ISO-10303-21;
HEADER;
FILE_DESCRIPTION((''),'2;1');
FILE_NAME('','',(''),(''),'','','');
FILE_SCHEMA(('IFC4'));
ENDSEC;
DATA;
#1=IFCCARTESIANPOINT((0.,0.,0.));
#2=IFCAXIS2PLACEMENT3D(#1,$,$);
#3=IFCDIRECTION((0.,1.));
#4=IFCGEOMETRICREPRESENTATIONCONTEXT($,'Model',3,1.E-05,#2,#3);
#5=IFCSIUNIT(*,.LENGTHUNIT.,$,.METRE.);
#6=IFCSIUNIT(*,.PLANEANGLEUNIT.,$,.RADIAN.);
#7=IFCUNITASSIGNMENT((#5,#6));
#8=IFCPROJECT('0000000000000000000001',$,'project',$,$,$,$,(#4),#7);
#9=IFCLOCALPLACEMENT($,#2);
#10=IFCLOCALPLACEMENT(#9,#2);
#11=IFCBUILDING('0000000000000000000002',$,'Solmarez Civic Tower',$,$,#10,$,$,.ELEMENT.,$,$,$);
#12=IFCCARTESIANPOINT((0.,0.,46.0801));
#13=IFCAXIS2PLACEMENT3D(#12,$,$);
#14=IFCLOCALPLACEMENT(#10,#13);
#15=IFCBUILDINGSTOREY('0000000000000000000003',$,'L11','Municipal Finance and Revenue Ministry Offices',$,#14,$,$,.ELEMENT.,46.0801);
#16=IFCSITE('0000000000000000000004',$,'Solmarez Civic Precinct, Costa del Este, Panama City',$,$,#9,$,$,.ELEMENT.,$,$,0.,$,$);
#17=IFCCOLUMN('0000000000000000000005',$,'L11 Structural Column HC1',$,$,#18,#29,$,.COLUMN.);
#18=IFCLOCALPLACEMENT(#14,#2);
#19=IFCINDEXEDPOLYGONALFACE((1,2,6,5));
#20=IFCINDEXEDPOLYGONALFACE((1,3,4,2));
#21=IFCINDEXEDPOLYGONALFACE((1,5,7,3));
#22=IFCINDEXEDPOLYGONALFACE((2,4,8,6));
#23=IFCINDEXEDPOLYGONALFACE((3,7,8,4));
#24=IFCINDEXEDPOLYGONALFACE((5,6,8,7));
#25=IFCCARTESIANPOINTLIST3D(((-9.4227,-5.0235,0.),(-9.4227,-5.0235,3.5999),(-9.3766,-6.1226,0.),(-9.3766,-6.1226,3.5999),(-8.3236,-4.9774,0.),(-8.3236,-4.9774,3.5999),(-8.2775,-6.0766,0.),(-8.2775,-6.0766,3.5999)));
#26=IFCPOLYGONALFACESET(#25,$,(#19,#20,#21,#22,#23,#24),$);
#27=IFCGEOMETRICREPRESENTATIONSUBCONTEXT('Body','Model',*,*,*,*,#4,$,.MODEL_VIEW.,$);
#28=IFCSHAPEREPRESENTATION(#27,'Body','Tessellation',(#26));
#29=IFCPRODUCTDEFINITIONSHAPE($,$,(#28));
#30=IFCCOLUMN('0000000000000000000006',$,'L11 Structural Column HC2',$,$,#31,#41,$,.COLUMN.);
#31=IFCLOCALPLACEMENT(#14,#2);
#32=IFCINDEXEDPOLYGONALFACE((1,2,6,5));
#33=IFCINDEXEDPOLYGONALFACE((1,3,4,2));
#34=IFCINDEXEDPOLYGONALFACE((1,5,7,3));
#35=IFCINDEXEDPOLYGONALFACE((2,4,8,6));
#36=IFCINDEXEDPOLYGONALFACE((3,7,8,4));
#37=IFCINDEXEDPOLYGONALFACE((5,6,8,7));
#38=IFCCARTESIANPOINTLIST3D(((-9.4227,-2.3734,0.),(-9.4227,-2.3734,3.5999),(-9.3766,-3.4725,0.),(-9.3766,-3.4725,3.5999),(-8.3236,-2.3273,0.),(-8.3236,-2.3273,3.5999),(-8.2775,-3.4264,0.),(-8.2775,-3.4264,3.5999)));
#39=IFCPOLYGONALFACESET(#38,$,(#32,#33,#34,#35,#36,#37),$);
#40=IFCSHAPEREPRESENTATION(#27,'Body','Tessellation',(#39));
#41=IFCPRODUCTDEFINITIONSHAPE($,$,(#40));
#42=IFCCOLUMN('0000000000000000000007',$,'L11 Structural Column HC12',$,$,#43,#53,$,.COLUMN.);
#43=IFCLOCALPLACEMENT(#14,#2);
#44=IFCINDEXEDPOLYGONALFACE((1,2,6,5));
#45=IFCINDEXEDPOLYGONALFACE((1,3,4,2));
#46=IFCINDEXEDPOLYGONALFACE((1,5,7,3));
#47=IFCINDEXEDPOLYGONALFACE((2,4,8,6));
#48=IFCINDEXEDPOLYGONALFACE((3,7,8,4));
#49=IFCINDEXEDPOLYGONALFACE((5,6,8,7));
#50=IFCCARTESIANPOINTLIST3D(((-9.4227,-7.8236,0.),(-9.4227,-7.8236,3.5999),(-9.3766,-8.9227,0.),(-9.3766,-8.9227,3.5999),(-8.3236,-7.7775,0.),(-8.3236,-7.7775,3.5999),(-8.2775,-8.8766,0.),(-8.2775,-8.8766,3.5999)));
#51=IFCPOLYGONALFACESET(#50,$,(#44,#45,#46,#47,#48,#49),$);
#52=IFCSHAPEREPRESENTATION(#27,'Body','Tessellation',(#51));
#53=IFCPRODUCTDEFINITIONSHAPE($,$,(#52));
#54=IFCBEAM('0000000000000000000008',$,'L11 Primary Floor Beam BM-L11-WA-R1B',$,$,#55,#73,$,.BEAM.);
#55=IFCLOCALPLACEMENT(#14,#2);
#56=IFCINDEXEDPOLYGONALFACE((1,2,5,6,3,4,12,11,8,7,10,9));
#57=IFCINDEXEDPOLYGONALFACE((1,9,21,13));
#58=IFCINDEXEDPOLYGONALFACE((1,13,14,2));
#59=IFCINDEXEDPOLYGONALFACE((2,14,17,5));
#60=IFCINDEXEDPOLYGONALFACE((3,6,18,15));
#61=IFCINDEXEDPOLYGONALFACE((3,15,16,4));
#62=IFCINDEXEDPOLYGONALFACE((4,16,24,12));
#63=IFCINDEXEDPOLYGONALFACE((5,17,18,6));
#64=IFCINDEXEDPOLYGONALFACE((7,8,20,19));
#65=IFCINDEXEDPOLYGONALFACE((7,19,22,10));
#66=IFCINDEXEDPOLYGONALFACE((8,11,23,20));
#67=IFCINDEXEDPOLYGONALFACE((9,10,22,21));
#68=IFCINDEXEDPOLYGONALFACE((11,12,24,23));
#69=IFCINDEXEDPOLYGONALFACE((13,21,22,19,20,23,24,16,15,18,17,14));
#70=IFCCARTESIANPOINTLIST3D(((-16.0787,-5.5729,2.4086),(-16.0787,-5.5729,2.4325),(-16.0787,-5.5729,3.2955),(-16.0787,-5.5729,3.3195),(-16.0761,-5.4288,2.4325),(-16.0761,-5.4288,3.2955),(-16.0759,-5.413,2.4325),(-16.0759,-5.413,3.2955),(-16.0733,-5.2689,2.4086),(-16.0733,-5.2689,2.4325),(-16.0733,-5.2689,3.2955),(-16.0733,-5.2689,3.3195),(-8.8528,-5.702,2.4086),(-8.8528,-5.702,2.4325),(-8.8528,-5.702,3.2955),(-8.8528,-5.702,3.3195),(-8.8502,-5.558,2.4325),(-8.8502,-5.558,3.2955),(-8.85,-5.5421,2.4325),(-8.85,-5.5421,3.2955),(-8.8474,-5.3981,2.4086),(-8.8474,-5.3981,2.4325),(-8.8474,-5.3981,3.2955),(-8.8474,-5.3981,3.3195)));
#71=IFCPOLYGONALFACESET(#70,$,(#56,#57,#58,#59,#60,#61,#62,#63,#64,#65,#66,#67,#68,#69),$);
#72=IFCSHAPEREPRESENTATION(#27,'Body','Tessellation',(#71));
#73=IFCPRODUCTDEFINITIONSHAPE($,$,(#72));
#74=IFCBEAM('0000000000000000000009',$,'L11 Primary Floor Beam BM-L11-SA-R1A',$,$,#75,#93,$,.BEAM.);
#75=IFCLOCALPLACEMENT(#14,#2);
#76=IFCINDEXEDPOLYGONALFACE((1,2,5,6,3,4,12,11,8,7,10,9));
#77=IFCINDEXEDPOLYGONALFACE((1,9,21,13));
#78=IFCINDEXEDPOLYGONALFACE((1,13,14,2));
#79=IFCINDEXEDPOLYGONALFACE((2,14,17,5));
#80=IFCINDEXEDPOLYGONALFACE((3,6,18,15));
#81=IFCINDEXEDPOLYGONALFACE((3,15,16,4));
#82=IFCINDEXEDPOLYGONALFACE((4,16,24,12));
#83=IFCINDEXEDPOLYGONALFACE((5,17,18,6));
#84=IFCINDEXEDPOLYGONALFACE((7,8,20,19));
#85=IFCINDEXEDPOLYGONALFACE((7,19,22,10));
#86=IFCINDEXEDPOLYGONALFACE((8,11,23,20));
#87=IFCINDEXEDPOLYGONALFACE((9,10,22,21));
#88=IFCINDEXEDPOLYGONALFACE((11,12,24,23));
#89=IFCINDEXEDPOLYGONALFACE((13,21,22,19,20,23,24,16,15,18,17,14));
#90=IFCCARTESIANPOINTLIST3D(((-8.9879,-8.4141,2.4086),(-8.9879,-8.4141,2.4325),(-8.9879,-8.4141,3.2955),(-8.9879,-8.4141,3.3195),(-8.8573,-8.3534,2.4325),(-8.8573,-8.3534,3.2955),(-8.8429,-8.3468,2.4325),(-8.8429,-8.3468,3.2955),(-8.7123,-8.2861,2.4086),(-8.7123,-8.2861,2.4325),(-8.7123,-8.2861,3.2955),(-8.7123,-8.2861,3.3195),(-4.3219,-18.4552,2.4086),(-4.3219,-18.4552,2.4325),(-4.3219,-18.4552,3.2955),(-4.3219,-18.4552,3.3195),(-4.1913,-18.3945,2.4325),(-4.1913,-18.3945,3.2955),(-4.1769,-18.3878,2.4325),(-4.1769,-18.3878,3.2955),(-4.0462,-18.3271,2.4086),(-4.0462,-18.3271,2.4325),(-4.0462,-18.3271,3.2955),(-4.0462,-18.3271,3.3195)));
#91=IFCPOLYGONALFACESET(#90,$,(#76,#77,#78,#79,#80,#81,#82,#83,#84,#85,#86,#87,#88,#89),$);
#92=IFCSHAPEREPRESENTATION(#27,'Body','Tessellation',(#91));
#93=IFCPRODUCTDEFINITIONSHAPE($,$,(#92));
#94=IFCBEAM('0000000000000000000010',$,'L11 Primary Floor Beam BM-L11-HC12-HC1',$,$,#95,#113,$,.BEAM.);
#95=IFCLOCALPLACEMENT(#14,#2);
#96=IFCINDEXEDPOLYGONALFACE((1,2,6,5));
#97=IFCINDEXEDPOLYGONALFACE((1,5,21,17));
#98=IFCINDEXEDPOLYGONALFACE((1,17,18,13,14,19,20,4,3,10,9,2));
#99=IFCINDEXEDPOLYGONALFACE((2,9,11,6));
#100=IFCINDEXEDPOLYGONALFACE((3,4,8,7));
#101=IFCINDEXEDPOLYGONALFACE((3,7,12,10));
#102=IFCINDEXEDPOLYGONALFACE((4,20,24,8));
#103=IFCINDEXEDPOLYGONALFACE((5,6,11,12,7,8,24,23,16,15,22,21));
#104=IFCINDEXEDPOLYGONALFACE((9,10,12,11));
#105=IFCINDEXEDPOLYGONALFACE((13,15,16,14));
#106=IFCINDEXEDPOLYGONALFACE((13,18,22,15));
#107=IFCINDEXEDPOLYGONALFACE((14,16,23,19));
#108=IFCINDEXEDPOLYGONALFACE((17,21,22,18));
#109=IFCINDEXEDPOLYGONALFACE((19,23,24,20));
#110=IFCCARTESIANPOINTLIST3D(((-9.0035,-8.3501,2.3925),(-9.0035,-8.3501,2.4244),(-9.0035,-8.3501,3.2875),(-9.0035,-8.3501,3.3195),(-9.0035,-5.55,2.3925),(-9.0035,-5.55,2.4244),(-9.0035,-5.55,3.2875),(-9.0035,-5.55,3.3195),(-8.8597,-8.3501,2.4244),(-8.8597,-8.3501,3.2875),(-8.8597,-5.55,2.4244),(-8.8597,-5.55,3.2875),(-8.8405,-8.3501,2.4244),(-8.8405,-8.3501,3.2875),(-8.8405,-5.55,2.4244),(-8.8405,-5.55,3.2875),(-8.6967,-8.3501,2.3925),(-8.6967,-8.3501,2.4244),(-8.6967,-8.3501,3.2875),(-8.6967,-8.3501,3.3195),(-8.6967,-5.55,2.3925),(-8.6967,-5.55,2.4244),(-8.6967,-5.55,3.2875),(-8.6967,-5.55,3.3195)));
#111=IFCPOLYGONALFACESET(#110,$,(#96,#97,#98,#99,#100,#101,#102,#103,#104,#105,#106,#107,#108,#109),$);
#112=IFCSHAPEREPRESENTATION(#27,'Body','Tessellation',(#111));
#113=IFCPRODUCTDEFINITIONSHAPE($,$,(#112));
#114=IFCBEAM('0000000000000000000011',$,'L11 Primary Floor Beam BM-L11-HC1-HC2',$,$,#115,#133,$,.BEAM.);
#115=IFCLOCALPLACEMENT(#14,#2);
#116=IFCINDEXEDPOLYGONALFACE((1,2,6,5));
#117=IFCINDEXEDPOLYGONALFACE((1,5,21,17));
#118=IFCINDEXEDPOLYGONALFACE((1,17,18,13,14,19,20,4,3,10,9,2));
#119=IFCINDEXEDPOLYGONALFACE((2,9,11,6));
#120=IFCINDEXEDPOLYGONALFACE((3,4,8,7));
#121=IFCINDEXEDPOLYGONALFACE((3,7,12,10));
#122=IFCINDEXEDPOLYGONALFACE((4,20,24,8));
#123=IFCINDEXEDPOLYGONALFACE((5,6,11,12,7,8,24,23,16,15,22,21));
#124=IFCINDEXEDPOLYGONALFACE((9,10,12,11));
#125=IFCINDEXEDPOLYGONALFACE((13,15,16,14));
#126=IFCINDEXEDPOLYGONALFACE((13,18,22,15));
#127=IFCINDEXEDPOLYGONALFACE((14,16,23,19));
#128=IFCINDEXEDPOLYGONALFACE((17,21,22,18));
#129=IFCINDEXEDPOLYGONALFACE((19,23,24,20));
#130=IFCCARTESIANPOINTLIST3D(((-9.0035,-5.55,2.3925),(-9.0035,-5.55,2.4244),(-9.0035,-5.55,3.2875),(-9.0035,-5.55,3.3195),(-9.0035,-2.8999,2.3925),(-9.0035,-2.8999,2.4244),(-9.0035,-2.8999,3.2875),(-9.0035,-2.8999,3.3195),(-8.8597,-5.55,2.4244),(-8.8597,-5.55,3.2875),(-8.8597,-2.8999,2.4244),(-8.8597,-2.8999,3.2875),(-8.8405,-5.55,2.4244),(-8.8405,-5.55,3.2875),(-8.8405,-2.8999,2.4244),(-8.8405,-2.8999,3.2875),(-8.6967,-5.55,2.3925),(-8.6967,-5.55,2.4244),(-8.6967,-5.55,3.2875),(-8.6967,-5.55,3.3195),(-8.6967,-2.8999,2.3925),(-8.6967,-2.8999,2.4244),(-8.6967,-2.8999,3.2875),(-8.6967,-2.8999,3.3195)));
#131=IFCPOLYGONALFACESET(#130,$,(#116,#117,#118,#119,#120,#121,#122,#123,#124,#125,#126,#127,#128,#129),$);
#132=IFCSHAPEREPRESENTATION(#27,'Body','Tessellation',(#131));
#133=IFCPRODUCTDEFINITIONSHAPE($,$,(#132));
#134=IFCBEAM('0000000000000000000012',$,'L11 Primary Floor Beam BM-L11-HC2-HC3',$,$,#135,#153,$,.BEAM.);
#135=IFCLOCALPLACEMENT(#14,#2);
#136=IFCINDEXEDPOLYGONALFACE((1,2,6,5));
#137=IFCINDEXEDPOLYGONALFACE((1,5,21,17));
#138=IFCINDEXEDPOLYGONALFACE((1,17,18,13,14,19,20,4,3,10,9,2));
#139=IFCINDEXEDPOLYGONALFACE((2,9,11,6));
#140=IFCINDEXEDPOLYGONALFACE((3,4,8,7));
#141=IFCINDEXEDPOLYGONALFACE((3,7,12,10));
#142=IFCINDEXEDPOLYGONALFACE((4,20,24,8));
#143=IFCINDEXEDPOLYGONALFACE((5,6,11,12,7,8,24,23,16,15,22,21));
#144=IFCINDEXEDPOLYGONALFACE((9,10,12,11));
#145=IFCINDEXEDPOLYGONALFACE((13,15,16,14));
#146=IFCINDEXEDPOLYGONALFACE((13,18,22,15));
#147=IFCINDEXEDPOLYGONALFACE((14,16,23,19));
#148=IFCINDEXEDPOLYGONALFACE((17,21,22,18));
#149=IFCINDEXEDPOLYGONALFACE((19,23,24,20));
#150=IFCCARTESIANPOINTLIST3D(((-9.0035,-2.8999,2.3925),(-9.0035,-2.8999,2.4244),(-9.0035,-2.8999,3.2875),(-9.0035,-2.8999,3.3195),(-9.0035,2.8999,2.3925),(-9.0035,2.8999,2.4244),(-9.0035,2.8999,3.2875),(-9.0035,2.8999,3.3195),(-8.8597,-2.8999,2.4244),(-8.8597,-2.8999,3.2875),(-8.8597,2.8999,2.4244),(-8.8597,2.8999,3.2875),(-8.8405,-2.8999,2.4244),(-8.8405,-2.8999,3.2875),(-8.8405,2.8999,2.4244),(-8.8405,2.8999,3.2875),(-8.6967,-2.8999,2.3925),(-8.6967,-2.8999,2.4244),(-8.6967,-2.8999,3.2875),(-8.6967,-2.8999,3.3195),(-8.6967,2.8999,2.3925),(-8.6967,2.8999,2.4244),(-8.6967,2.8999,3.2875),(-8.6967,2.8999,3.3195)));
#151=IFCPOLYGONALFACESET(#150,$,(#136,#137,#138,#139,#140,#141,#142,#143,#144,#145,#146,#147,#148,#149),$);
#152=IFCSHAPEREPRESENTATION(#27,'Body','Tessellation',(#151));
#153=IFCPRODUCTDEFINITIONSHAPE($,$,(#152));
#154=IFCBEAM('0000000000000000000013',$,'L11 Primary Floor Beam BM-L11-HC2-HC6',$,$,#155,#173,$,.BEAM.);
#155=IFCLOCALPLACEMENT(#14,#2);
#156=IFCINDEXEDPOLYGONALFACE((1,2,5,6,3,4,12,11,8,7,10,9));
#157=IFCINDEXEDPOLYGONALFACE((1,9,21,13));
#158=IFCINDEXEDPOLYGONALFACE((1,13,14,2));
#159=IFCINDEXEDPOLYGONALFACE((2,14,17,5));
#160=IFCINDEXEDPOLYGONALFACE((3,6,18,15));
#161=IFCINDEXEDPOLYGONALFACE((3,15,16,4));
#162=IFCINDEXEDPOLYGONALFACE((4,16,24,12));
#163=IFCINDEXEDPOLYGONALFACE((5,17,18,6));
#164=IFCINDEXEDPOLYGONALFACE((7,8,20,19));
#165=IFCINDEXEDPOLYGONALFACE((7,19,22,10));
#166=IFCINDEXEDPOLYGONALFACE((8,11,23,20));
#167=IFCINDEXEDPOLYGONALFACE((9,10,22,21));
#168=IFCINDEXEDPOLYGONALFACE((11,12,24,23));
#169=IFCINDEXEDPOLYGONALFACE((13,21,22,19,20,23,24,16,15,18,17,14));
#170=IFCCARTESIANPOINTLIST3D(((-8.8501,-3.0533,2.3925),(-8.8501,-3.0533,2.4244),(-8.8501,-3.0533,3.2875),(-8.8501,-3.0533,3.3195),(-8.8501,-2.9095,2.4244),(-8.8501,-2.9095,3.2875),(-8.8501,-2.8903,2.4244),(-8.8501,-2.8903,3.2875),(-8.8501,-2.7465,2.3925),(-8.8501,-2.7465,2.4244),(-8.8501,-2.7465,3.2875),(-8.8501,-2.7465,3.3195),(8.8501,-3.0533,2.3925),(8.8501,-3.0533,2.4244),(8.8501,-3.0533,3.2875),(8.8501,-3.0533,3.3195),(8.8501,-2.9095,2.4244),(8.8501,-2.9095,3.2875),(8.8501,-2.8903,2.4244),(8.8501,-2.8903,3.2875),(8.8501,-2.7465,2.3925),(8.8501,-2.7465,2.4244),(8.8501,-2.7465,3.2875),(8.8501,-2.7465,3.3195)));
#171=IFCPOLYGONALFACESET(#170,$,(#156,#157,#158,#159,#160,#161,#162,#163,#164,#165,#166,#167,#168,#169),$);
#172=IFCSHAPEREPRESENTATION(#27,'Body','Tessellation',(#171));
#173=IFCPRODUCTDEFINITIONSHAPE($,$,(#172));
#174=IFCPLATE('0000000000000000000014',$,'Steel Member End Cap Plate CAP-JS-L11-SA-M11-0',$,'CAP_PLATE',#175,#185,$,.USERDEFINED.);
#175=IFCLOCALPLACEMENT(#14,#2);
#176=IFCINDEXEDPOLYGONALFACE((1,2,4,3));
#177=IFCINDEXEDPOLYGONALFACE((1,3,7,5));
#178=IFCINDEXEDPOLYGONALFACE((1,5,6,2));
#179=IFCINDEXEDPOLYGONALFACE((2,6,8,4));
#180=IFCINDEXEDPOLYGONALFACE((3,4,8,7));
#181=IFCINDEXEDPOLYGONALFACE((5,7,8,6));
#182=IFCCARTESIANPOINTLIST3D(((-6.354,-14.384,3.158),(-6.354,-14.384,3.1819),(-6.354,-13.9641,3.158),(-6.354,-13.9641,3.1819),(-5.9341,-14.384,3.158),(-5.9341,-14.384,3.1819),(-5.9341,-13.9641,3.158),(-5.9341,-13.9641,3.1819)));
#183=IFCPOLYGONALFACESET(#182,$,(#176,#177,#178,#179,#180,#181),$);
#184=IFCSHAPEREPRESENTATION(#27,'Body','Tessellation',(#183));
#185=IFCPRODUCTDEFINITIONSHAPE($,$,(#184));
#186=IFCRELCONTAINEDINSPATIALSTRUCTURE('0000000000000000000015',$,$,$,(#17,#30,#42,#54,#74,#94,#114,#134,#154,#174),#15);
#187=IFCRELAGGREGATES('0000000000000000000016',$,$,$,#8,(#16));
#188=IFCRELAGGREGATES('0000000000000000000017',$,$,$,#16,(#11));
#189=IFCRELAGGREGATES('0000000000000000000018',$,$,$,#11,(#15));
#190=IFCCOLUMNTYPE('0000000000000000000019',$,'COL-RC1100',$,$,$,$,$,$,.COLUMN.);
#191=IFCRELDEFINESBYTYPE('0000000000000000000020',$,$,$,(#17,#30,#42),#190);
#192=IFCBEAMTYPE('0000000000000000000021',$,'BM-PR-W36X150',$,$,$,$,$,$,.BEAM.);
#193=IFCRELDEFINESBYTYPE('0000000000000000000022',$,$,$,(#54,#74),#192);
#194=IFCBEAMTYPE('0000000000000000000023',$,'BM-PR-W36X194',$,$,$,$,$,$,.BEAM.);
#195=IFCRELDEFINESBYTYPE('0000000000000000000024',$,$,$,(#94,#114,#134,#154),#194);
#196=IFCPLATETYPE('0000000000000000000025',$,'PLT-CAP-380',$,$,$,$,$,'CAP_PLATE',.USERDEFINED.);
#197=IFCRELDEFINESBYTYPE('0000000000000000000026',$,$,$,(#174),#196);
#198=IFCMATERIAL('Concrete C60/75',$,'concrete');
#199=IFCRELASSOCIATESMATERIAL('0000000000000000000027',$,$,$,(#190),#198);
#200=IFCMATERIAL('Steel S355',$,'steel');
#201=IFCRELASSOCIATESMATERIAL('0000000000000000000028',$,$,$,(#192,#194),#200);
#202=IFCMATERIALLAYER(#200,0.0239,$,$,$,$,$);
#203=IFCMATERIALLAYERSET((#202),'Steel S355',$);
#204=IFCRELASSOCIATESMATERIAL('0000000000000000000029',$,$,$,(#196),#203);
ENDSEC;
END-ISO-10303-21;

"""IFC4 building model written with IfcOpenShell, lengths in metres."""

from ifc_helpers import new_model, si_unit, direction, frame, origin, origin_2d, place, context, subcontext, project, spatial, rectangle, i_section, extrude, material, layer, layer_set, material_profile, profile_set, type_object, element, save


model = new_model("IFC4")

# Units and contexts
model_context = context("Model", 3, precision=1e-05, world=origin(), true_north=direction((0.0, 1.0)))
body_context = subcontext(model_context, "Body", "Model", "MODEL_VIEW")
ifc_project = project(units=[si_unit("LENGTHUNIT", "METRE"), si_unit("PLANEANGLEUNIT", "RADIAN")], contexts=[model_context])

# Site, building, storey
site_placement = place(None, origin())
site = spatial("IfcSite", under=ifc_project, at=site_placement, Name="Solmarez Civic Precinct, Costa del Este, Panama City", CompositionType="ELEMENT", RefElevation=0.0)
building_placement = place(site_placement, origin())
building = spatial("IfcBuilding", under=site, at=building_placement, Name="Solmarez Civic Tower", CompositionType="ELEMENT")
storey_placement = place(building_placement, frame((0.0, 0.0, 46.0801)))
storey = spatial("IfcBuildingStorey", under=building, at=storey_placement, Name="L11", Description="Municipal Finance and Revenue Ministry Offices", CompositionType="ELEMENT", Elevation=46.0801)

# Columns
ifc_material_1 = material(Name="Concrete C60/75", Category="concrete")
ifc_material_profile_1 = material_profile(ifc_material_1, rectangle(XDim=1.1001, YDim=1.1001, at=origin_2d()), Name="RC1100X1100")
ifc_profile_set_1 = profile_set([ifc_material_profile_1], Name="Concrete C60/75")
column_type = type_object("IfcColumnType", Name="COL-RC1100", PredefinedType="COLUMN", material=ifc_profile_set_1)
for number, where, z_axis, x_axis, name in (
    (1, (-8.8501, -5.55, 0.0), (0.0, 0.0, 1.0), (0.999123, 0.041876, 0.0), "L11 Structural Column HC1"),
    (2, (-8.8501, -2.8999, 0.0), (0.0, 0.0, 1.0), (0.999123, 0.041876, 0.0), "L11 Structural Column HC2"),
    (3, (-8.8501, -8.3501, 0.0), (0.0, 0.0, 1.0), (0.999123, 0.041876, 0.0), "L11 Structural Column HC12"),
):
    element("IfcColumn", number, at=place(storey_placement, frame(where, z_axis=z_axis, x_axis=x_axis)), inside=storey, type_object=column_type, Name=name, PredefinedType="COLUMN", context=body_context, shape_type="SweptSolid", body=[
        extrude(rectangle(XDim=1.1001, YDim=1.1001, at=origin_2d()), origin(), (0.0, 0.0, 1.0), 3.5999),
    ])

# Beams
ifc_material_2 = material(Name="Steel S355", Category="steel")
ifc_material_profile_2 = material_profile(ifc_material_2, i_section(OverallWidth=0.304, OverallDepth=0.9109, WebThickness=0.0159, FlangeThickness=0.0239, at=origin_2d()), Name="W36X150")
ifc_profile_set_2 = profile_set([ifc_material_profile_2], Name="Steel S355")
beam_type_1 = type_object("IfcBeamType", Name="BM-PR-W36X150", PredefinedType="BEAM", material=ifc_profile_set_2)
beam_1_placement = place(storey_placement, frame((-8.8501, -5.55, 2.864), z_axis=(-0.99984, 0.017871, 0.0), x_axis=(-0.017871, -0.99984, 0.0)))
element("IfcBeam", 4, at=beam_1_placement, inside=storey, type_object=beam_type_1, Name="L11 Primary Floor Beam BM-L11-WA-R1B", PredefinedType="BEAM", context=body_context, shape_type="SweptSolid", body=[
    extrude(i_section(OverallWidth=0.304, OverallDepth=0.9109, WebThickness=0.0159, FlangeThickness=0.0239, at=origin_2d()), origin(), (0.0, 0.0, 1.0), 7.2271),
])
beam_2_placement = place(storey_placement, frame((-8.8501, -8.3501, 2.864), z_axis=(0.421417, -0.906867, 0.0), x_axis=(0.906867, 0.421417, 0.0)))
element("IfcBeam", 5, at=beam_2_placement, inside=storey, type_object=beam_type_1, Name="L11 Primary Floor Beam BM-L11-SA-R1A", PredefinedType="BEAM", context=body_context, shape_type="SweptSolid", body=[
    extrude(i_section(OverallWidth=0.304, OverallDepth=0.9109, WebThickness=0.0159, FlangeThickness=0.0239, at=origin_2d()), origin(), (0.0, 0.0, 1.0), 11.0723),
])
ifc_material_profile_3 = material_profile(ifc_material_2, i_section(OverallWidth=0.3069, OverallDepth=0.927, WebThickness=0.0193, FlangeThickness=0.032, at=origin_2d()), Name="W36X194")
ifc_profile_set_3 = profile_set([ifc_material_profile_3], Name="Steel S355")
beam_type_2 = type_object("IfcBeamType", Name="BM-PR-W36X194", PredefinedType="BEAM", material=ifc_profile_set_3)
beam_3_placement = place(storey_placement, frame((-8.8501, -8.3501, 2.856), z_axis=(0.0, 1.0, 0.0), x_axis=(-1.0, 0.0, 0.0)))
element("IfcBeam", 6, at=beam_3_placement, inside=storey, type_object=beam_type_2, Name="L11 Primary Floor Beam BM-L11-HC12-HC1", PredefinedType="BEAM", context=body_context, shape_type="SweptSolid", body=[
    extrude(i_section(OverallWidth=0.3069, OverallDepth=0.927, WebThickness=0.0193, FlangeThickness=0.032, at=origin_2d()), origin(), (0.0, 0.0, 1.0), 2.8),
])
beam_4_placement = place(storey_placement, frame((-8.8501, -5.55, 2.856), z_axis=(0.0, 1.0, 0.0), x_axis=(-1.0, 0.0, 0.0)))
element("IfcBeam", 7, at=beam_4_placement, inside=storey, type_object=beam_type_2, Name="L11 Primary Floor Beam BM-L11-HC1-HC2", PredefinedType="BEAM", context=body_context, shape_type="SweptSolid", body=[
    extrude(i_section(OverallWidth=0.3069, OverallDepth=0.927, WebThickness=0.0193, FlangeThickness=0.032, at=origin_2d()), origin(), (0.0, 0.0, 1.0), 2.6501),
])
beam_5_placement = place(storey_placement, frame((-8.8501, -2.8999, 2.856), z_axis=(0.0, 1.0, 0.0), x_axis=(-1.0, 0.0, 0.0)))
element("IfcBeam", 8, at=beam_5_placement, inside=storey, type_object=beam_type_2, Name="L11 Primary Floor Beam BM-L11-HC2-HC3", PredefinedType="BEAM", context=body_context, shape_type="SweptSolid", body=[
    extrude(i_section(OverallWidth=0.3069, OverallDepth=0.927, WebThickness=0.0193, FlangeThickness=0.032, at=origin_2d()), origin(), (0.0, 0.0, 1.0), 5.7998),
])
beam_6_placement = place(storey_placement, frame((-8.8501, -2.8999, 2.856), z_axis=(1.0, 0.0, 0.0), x_axis=(0.0, 1.0, 0.0)))
element("IfcBeam", 9, at=beam_6_placement, inside=storey, type_object=beam_type_2, Name="L11 Primary Floor Beam BM-L11-HC2-HC6", PredefinedType="BEAM", context=body_context, shape_type="SweptSolid", body=[
    extrude(i_section(OverallWidth=0.3069, OverallDepth=0.927, WebThickness=0.0193, FlangeThickness=0.032, at=origin_2d()), origin(), (0.0, 0.0, 1.0), 17.7002),
])

# Plate
ifc_layer_1 = layer(ifc_material_2, 0.0239)
ifc_layer_set_1 = layer_set([ifc_layer_1], Name="Steel S355")
plate_type = type_object("IfcPlateType", Name="PLT-CAP-380", ElementType="CAP_PLATE", PredefinedType="USERDEFINED", material=ifc_layer_set_1)
plate_placement = place(storey_placement, frame((-6.144, -14.1741, 3.158), z_axis=(0.0, 0.0, 1.0), x_axis=(1.0, 0.0, 0.0)))
element("IfcPlate", 10, at=plate_placement, inside=storey, type_object=plate_type, Name="Steel Member End Cap Plate CAP-JS-L11-SA-M11-0", ObjectType="CAP_PLATE", PredefinedType="USERDEFINED", context=body_context, shape_type="SweptSolid", body=[
    extrude(rectangle(XDim=0.4199, YDim=0.4199, at=origin_2d()), origin(), (0.0, 0.0, 1.0), 0.0239),
])

save(model, "model.ifc")
